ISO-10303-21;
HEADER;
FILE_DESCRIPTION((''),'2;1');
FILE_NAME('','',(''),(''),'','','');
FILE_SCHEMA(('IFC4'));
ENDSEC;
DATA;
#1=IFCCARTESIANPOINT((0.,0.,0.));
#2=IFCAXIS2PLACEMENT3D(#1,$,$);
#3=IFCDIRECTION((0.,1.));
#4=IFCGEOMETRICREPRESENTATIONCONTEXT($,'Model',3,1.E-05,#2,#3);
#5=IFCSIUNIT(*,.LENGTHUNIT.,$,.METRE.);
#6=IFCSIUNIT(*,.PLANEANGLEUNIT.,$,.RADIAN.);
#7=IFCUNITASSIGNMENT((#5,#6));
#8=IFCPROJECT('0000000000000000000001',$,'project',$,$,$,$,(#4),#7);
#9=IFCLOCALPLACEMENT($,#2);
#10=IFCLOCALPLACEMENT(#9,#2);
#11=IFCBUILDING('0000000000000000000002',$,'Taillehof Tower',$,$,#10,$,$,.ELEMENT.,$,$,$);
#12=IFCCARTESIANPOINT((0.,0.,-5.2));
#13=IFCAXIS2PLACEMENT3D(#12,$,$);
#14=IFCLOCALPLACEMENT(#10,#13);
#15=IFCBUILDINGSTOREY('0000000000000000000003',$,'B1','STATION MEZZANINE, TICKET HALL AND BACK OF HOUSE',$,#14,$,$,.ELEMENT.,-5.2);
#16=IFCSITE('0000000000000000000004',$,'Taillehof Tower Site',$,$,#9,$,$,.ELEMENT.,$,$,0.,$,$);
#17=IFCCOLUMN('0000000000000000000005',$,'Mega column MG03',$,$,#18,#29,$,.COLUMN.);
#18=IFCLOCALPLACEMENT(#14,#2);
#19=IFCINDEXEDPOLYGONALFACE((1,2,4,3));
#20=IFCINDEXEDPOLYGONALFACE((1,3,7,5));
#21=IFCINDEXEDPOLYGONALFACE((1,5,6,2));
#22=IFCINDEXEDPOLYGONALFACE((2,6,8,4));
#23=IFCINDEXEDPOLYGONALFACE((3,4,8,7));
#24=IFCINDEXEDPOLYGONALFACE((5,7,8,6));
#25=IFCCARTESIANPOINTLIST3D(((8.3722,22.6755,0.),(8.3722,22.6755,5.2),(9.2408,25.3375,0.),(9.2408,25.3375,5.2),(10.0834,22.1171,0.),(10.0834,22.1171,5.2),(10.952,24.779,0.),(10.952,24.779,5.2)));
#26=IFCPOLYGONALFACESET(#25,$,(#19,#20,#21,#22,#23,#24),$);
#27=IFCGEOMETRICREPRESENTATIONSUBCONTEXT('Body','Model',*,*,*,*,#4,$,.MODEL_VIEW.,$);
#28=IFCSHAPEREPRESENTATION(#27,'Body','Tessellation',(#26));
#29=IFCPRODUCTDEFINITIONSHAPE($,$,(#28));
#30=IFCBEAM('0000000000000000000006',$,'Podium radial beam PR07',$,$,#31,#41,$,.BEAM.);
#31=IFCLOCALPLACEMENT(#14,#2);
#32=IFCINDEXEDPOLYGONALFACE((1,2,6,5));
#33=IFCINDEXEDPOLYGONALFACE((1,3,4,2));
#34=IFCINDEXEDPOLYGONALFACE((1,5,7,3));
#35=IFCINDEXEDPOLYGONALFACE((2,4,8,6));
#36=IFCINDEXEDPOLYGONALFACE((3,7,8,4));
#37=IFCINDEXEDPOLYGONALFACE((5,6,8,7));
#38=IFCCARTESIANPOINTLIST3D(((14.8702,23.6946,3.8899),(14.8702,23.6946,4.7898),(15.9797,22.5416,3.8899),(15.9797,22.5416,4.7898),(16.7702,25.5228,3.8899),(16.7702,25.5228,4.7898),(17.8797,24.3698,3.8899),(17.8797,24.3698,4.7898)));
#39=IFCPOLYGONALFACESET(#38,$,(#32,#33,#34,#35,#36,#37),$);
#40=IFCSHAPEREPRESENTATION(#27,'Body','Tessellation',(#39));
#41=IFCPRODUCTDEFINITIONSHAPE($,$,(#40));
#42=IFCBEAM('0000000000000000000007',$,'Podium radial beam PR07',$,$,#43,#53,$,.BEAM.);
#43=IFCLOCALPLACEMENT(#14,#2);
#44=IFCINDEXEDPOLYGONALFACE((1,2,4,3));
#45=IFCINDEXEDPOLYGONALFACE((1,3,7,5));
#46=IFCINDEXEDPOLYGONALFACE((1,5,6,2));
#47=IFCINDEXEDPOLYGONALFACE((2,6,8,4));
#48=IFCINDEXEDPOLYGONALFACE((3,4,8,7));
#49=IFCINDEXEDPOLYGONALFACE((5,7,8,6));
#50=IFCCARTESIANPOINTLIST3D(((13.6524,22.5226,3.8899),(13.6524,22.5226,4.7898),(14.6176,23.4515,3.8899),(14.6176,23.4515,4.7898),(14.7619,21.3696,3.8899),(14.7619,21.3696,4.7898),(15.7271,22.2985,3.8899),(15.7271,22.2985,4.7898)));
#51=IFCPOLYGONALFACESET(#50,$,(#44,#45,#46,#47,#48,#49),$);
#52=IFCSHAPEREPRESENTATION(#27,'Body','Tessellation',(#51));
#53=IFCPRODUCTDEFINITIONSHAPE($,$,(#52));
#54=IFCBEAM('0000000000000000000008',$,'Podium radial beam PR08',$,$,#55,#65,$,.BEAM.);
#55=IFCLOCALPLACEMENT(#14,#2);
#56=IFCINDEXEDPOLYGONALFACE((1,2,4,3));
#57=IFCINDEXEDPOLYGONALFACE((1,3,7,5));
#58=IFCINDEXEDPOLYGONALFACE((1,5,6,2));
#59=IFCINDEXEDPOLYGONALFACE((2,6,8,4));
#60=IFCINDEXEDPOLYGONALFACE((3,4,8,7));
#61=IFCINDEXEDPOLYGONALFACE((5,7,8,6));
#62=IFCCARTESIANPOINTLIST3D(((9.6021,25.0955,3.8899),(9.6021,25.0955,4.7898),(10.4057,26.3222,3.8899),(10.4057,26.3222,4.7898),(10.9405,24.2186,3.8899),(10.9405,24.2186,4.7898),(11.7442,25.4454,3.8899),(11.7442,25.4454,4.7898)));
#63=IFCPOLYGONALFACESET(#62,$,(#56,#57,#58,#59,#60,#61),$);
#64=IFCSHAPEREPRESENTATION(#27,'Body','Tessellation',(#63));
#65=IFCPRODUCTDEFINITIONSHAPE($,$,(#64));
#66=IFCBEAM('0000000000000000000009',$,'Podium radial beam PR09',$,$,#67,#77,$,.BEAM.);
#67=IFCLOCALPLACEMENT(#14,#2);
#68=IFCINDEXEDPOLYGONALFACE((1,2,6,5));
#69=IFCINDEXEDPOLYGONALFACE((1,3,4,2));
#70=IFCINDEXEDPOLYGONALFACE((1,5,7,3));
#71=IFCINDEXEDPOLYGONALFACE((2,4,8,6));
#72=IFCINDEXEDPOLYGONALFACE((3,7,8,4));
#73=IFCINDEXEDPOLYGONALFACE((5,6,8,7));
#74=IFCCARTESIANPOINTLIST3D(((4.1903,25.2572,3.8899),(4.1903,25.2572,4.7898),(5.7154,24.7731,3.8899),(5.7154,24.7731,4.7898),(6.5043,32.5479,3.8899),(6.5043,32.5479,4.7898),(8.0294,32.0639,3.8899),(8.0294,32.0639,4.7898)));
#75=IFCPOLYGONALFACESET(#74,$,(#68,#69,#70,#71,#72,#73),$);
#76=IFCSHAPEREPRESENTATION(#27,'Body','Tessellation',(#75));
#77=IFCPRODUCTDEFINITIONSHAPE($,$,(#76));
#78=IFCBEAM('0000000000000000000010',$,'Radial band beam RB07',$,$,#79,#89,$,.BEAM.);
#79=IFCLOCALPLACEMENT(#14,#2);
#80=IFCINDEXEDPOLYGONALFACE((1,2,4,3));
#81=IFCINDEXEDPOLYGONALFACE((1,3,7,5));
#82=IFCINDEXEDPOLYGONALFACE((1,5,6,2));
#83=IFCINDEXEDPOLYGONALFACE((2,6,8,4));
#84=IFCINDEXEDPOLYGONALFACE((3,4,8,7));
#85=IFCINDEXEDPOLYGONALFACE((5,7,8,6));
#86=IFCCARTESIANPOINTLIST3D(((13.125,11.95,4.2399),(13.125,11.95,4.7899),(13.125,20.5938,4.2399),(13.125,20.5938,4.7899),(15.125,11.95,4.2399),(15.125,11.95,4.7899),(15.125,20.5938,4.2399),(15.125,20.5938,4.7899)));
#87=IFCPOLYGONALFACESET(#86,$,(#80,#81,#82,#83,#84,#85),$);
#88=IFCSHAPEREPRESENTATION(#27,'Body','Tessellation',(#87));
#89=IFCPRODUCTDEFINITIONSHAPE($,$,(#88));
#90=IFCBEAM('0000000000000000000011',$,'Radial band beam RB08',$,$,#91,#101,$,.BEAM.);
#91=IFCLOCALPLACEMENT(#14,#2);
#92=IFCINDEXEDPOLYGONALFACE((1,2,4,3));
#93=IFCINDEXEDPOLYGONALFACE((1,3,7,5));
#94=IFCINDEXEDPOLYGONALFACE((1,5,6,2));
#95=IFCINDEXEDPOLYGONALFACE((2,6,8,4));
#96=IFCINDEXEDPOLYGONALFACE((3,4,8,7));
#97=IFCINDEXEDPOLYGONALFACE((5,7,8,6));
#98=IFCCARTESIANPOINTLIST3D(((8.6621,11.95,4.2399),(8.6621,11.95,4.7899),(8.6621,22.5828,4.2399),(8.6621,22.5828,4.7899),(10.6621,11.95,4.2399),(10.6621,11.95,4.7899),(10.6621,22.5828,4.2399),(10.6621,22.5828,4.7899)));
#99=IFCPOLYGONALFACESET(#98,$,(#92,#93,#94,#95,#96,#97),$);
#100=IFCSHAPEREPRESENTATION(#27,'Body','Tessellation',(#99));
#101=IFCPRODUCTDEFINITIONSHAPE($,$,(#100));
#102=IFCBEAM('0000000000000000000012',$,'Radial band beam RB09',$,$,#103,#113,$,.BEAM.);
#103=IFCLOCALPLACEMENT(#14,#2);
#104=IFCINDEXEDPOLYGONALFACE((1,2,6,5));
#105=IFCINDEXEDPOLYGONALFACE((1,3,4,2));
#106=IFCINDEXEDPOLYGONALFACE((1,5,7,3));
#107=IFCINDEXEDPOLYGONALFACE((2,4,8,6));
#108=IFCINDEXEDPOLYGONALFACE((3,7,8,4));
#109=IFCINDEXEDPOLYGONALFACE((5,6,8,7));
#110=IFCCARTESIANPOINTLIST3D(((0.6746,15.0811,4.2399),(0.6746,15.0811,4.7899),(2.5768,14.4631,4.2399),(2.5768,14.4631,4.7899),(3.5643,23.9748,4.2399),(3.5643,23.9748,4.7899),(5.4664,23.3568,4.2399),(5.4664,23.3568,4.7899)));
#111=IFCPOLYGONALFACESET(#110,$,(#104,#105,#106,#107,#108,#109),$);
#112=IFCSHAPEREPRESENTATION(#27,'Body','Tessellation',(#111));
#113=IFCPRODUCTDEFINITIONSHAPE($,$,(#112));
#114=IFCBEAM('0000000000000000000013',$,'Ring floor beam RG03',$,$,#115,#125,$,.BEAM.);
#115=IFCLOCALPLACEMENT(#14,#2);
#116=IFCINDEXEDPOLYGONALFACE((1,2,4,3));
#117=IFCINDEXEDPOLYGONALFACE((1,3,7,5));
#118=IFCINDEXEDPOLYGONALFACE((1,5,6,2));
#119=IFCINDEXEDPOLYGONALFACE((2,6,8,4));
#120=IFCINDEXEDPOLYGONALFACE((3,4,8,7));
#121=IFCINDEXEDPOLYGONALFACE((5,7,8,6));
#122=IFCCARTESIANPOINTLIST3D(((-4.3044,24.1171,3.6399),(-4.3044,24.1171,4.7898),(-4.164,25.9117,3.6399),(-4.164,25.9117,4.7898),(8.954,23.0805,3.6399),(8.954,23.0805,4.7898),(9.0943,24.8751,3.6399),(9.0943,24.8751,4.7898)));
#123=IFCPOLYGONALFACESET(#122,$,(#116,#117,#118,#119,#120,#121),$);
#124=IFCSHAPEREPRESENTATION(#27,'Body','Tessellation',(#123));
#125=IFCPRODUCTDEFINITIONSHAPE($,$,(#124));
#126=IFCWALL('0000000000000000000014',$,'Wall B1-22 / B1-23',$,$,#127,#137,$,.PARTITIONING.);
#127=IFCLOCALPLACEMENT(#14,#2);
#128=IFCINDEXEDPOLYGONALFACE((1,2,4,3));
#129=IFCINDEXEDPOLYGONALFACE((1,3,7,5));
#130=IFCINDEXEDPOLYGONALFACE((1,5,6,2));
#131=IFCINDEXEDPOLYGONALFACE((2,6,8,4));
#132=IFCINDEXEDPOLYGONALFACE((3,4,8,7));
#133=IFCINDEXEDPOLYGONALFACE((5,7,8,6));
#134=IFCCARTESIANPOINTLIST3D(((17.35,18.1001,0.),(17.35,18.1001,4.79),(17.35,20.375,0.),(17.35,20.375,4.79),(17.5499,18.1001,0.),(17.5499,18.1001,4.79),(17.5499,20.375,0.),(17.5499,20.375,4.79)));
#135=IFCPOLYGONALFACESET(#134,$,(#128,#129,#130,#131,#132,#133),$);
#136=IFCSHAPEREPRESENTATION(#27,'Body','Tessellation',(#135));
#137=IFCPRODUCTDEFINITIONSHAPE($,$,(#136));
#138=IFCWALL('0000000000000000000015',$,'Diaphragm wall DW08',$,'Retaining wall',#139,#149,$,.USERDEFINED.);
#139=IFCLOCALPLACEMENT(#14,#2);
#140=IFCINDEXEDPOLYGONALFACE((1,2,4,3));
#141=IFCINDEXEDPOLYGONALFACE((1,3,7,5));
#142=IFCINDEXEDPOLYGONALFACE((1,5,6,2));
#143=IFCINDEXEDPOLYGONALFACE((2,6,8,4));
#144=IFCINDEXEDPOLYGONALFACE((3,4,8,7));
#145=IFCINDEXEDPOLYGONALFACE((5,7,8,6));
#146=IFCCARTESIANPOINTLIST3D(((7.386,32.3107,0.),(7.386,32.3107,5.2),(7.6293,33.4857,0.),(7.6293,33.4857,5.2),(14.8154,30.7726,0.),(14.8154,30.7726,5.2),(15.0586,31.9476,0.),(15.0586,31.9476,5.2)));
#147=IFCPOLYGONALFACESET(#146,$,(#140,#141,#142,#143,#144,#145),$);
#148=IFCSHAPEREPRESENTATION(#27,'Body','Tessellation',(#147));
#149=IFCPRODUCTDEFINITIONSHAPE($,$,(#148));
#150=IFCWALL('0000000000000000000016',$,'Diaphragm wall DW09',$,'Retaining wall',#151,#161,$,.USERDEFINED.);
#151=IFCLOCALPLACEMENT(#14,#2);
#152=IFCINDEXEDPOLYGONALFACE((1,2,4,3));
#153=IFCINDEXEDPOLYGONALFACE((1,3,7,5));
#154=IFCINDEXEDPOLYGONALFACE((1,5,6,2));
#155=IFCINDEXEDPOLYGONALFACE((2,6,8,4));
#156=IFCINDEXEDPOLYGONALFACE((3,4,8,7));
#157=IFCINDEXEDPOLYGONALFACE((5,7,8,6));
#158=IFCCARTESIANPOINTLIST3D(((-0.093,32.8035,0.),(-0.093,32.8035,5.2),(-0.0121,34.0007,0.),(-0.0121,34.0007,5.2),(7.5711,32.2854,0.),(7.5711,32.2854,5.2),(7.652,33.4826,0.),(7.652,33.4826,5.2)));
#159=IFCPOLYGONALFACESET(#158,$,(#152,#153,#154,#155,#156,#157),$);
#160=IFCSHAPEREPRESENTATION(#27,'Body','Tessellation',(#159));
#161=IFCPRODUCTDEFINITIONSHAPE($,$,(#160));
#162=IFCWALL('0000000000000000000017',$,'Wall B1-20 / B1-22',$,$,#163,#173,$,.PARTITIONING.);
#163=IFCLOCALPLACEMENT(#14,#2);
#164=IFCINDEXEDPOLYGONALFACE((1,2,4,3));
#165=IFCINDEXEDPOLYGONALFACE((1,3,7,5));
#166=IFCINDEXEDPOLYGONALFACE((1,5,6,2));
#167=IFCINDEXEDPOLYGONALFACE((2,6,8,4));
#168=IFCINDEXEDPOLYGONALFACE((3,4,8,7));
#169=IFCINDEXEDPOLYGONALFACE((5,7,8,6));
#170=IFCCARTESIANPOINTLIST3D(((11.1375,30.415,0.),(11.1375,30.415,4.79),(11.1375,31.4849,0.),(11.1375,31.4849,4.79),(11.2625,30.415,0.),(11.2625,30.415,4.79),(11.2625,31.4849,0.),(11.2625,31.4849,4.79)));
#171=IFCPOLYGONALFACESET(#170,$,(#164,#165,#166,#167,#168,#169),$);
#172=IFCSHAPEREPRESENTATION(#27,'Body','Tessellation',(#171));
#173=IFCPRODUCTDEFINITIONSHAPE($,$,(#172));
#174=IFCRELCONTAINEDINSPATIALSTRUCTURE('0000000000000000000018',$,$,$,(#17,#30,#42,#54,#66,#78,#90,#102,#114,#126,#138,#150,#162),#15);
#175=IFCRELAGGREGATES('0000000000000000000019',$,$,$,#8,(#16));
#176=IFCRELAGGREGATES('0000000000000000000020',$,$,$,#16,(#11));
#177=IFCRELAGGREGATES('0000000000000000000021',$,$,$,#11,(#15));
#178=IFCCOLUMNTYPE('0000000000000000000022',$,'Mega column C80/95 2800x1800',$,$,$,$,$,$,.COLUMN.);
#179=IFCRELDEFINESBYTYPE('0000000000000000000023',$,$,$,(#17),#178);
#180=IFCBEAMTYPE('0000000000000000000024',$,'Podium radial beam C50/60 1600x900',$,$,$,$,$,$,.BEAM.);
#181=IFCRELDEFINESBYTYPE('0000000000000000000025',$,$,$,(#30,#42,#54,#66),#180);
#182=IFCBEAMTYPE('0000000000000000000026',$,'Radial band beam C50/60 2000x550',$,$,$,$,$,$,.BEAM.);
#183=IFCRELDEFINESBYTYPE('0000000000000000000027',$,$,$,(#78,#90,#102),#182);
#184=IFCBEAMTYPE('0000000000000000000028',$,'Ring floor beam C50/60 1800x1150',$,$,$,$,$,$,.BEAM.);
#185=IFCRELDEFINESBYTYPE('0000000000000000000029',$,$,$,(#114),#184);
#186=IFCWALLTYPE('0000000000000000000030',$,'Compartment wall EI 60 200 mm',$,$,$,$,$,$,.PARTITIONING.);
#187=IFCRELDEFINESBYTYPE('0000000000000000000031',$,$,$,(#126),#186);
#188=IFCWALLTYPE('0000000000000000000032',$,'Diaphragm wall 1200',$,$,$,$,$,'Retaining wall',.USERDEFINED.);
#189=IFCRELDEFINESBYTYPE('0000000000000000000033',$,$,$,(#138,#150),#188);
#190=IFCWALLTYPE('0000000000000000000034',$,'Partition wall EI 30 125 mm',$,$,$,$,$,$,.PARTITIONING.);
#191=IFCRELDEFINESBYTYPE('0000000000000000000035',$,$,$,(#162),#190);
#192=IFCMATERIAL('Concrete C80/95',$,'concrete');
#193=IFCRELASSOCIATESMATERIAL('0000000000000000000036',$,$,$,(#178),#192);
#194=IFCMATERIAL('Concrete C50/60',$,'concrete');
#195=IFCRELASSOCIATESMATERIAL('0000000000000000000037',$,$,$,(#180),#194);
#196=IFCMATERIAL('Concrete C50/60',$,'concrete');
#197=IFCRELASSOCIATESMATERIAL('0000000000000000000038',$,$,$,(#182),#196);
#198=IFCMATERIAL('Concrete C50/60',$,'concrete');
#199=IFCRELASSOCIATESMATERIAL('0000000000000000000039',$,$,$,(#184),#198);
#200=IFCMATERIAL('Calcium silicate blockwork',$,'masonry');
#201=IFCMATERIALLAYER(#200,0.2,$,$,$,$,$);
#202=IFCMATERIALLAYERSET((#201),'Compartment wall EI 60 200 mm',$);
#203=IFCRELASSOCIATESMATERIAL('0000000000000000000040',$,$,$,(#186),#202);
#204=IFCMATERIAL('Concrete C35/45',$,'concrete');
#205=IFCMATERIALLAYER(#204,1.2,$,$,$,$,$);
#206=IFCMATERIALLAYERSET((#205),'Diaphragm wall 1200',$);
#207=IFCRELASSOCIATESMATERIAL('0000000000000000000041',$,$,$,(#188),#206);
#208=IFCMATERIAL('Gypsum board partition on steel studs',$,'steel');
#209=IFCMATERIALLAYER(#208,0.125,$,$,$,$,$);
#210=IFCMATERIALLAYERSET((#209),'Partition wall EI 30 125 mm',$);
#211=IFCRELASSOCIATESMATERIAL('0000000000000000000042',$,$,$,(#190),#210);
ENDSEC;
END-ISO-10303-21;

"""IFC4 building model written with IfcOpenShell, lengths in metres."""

from ifc_helpers import new_model, si_unit, direction, frame, frame_2d, origin, origin_2d, place, context, subcontext, project, spatial, rectangle, extrude, material, layer, layer_set, material_profile, profile_set, type_object, element, save


model = new_model("IFC4")

# Units and contexts
model_context = context("Model", 3, precision=1e-05, world=origin(), true_north=direction((0.0, 1.0)))
body_context = subcontext(model_context, "Body", "Model", "MODEL_VIEW")
ifc_project = project(units=[si_unit("LENGTHUNIT", "METRE"), si_unit("PLANEANGLEUNIT", "RADIAN")], contexts=[model_context])

# Site, building, storey
site_placement = place(None, origin())
site = spatial("IfcSite", under=ifc_project, at=site_placement, Name="Taillehof Tower Site", CompositionType="ELEMENT", RefElevation=0.0)
building_placement = place(site_placement, origin())
building = spatial("IfcBuilding", under=site, at=building_placement, Name="Taillehof Tower", CompositionType="ELEMENT")
storey_placement = place(building_placement, frame((0.0, 0.0, -5.2)))
storey = spatial("IfcBuildingStorey", under=building, at=storey_placement, Name="B1", Description="STATION MEZZANINE, TICKET HALL AND BACK OF HOUSE", CompositionType="ELEMENT", Elevation=-5.2)

# Column
ifc_material_1 = material(Name="Concrete C80/95", Category="concrete")
ifc_material_profile_1 = material_profile(ifc_material_1, rectangle(XDim=2.8, YDim=1.8, at=origin_2d()), Name="RC 2800x1800")
ifc_profile_set_1 = profile_set([ifc_material_profile_1], Name="Concrete C80/95")
column_type = type_object("IfcColumnType", Name="Mega column C80/95 2800x1800", PredefinedType="COLUMN", material=ifc_profile_set_1)
column_placement = place(storey_placement, frame((9.6621, 23.7273, 0.0), z_axis=(0.0, 0.0, 1.0), x_axis=(0.310219, 0.950665, 0.0)))
element("IfcColumn", 1, at=column_placement, inside=storey, type_object=column_type, Name="Mega column MG03", PredefinedType="COLUMN", context=body_context, shape_type="SweptSolid", body=[
    extrude(rectangle(XDim=2.8, YDim=1.8, at=origin_2d()), origin(), (0.0, 0.0, 1.0), 5.2),
])

# Beams
ifc_material_2 = material(Name="Concrete C50/60", Category="concrete")
ifc_material_profile_2 = material_profile(ifc_material_2, rectangle(XDim=1.6001, YDim=0.8999, at=origin_2d()), Name="RC 1600x900")
ifc_profile_set_2 = profile_set([ifc_material_profile_2], Name="Concrete C50/60")
beam_type_1 = type_object("IfcBeamType", Name="Podium radial beam C50/60 1600x900", PredefinedType="BEAM", material=ifc_profile_set_2)
beam_1_placement = place(storey_placement, frame((17.325, 24.9463, 4.3398), z_axis=(-0.720587, -0.693364, 0.0), x_axis=(0.693364, -0.720587, 0.0)))
element("IfcBeam", 2, at=beam_1_placement, inside=storey, type_object=beam_type_1, Name="Podium radial beam PR07", PredefinedType="BEAM", context=body_context, shape_type="SweptSolid", body=[
    extrude(rectangle(XDim=1.6001, YDim=0.8999, at=origin_2d()), origin(), (0.0, 0.0, 1.0), 2.6367),
])
beam_2_placement = place(storey_placement, frame((15.1724, 22.875, 4.3398), z_axis=(-0.720553, -0.6934, 0.0), x_axis=(0.6934, -0.720553, 0.0)))
element("IfcBeam", 3, at=beam_2_placement, inside=storey, type_object=beam_type_1, Name="Podium radial beam PR07", PredefinedType="BEAM", context=body_context, shape_type="SweptSolid", body=[
    extrude(rectangle(XDim=1.6001, YDim=0.8999, at=origin_2d()), origin(), (0.0, 0.0, 1.0), 1.3396),
])
beam_3_placement = place(storey_placement, frame((11.075, 25.8838, 4.3398), z_axis=(-0.547998, -0.83648, 0.0), x_axis=(0.83648, -0.547998, 0.0)))
element("IfcBeam", 4, at=beam_3_placement, inside=storey, type_object=beam_type_1, Name="Podium radial beam PR08", PredefinedType="BEAM", context=body_context, shape_type="SweptSolid", body=[
    extrude(rectangle(XDim=1.6001, YDim=0.8999, at=origin_2d()), origin(), (0.0, 0.0, 1.0), 1.4666),
])
beam_4_placement = place(storey_placement, frame((7.2668, 32.3059, 4.3398), z_axis=(-0.302512, -0.953146, 0.0), x_axis=(0.953146, -0.302512, 0.0)))
element("IfcBeam", 5, at=beam_4_placement, inside=storey, type_object=beam_type_1, Name="Podium radial beam PR09", PredefinedType="BEAM", context=body_context, shape_type="SweptSolid", body=[
    extrude(rectangle(XDim=1.6001, YDim=0.8999, at=origin_2d()), origin(), (0.0, 0.0, 1.0), 7.6492),
])
ifc_material_3 = material(Name="Concrete C50/60", Category="concrete")
ifc_material_profile_3 = material_profile(ifc_material_3, rectangle(XDim=2.0, YDim=0.55, at=origin_2d()), Name="RC 2000x550")
ifc_profile_set_3 = profile_set([ifc_material_profile_3], Name="Concrete C50/60")
beam_type_2 = type_object("IfcBeamType", Name="Radial band beam C50/60 2000x550", PredefinedType="BEAM", material=ifc_profile_set_3)
beam_5_placement = place(storey_placement, frame((14.125, 20.5938, 4.5149), z_axis=(0.0, -1.0, 0.0), x_axis=(1.0, 0.0, 0.0)))
element("IfcBeam", 6, at=beam_5_placement, inside=storey, type_object=beam_type_2, Name="Radial band beam RB07", PredefinedType="BEAM", context=body_context, shape_type="SweptSolid", body=[
    extrude(rectangle(XDim=2.0, YDim=0.55, at=origin_2d()), origin(), (0.0, 0.0, 1.0), 8.6438),
])
beam_6_placement = place(storey_placement, frame((9.6621, 22.5828, 4.5149), z_axis=(0.0, -1.0, 0.0), x_axis=(1.0, 0.0, 0.0)))
element("IfcBeam", 7, at=beam_6_placement, inside=storey, type_object=beam_type_2, Name="Radial band beam RB08", PredefinedType="BEAM", context=body_context, shape_type="SweptSolid", body=[
    extrude(rectangle(XDim=2.0, YDim=0.55, at=origin_2d()), origin(), (0.0, 0.0, 1.0), 10.6328),
])
beam_7_placement = place(storey_placement, frame((4.5154, 23.6658, 4.5149), z_axis=(-0.309013, -0.951058, 0.0), x_axis=(0.951058, -0.309013, 0.0)))
element("IfcBeam", 8, at=beam_7_placement, inside=storey, type_object=beam_type_2, Name="Radial band beam RB09", PredefinedType="BEAM", context=body_context, shape_type="SweptSolid", body=[
    extrude(rectangle(XDim=2.0, YDim=0.55, at=origin_2d()), origin(), (0.0, 0.0, 1.0), 9.3513),
])
ifc_material_4 = material(Name="Concrete C50/60", Category="concrete")
ifc_material_profile_4 = material_profile(ifc_material_4, rectangle(XDim=1.8, YDim=1.1499, at=origin_2d()), Name="RC 1800x1150")
ifc_profile_set_4 = profile_set([ifc_material_profile_4], Name="Concrete C50/60")
beam_type_3 = type_object("IfcBeamType", Name="Ring floor beam C50/60 1800x1150", PredefinedType="BEAM", material=ifc_profile_set_4)
beam_8_placement = place(storey_placement, frame((9.0242, 23.9778, 4.2148), z_axis=(-0.996957, 0.077949, 0.0), x_axis=(-0.077949, -0.996957, 0.0)))
element("IfcBeam", 9, at=beam_8_placement, inside=storey, type_object=beam_type_3, Name="Ring floor beam RG03", PredefinedType="BEAM", context=body_context, shape_type="SweptSolid", body=[
    extrude(rectangle(XDim=1.8, YDim=1.1499, at=origin_2d()), origin(), (0.0, 0.0, 1.0), 13.2988),
])

# Walls
ifc_material_5 = material(Name="Calcium silicate blockwork", Category="masonry")
ifc_layer_1 = layer(ifc_material_5, 0.2)
ifc_layer_set_1 = layer_set([ifc_layer_1], Name="Compartment wall EI 60 200 mm")
wall_type_1 = type_object("IfcWallType", Name="Compartment wall EI 60 200 mm", PredefinedType="PARTITIONING", material=ifc_layer_set_1)
wall_1_placement = place(storey_placement, frame((17.45, 18.1001, 0.0), z_axis=(0.0, 0.0, 1.0), x_axis=(0.0, 1.0, 0.0)))
element("IfcWall", 10, at=wall_1_placement, inside=storey, type_object=wall_type_1, Name="Wall B1-22 / B1-23", PredefinedType="PARTITIONING", context=body_context, shape_type="SweptSolid", body=[
    extrude(rectangle(XDim=2.2749, YDim=0.2, at=frame_2d((1.1375, 0.0))), origin(), (0.0, 0.0, 1.0), 4.79),
])
ifc_material_6 = material(Name="Concrete C35/45", Category="concrete")
ifc_layer_2 = layer(ifc_material_6, 1.2)
ifc_layer_set_2 = layer_set([ifc_layer_2], Name="Diaphragm wall 1200")
wall_type_2 = type_object("IfcWallType", Name="Diaphragm wall 1200", ElementType="Retaining wall", PredefinedType="USERDEFINED", material=ifc_layer_set_2)
wall_2_placement = place(storey_placement, frame((14.937, 31.3601, 0.0), z_axis=(0.0, 0.0, 1.0), x_axis=(-0.979235, 0.202727, 0.0)))
element("IfcWall", 11, at=wall_2_placement, inside=storey, type_object=wall_type_2, Name="Diaphragm wall DW08", ObjectType="Retaining wall", PredefinedType="USERDEFINED", context=body_context, shape_type="SweptSolid", body=[
    extrude(rectangle(XDim=7.5869, YDim=1.2, at=frame_2d((3.7935, 0.0))), origin(), (0.0, 0.0, 1.0), 5.2),
])
wall_3_placement = place(storey_placement, frame((7.6116, 32.884, 0.0), z_axis=(0.0, 0.0, 1.0), x_axis=(-0.997723, 0.067443, 0.0)))
element("IfcWall", 12, at=wall_3_placement, inside=storey, type_object=wall_type_2, Name="Diaphragm wall DW09", ObjectType="Retaining wall", PredefinedType="USERDEFINED", context=body_context, shape_type="SweptSolid", body=[
    extrude(rectangle(XDim=7.6816, YDim=1.2, at=frame_2d((3.8408, 0.0))), origin(), (0.0, 0.0, 1.0), 5.2),
])
ifc_material_7 = material(Name="Gypsum board partition on steel studs", Category="steel")
ifc_layer_3 = layer(ifc_material_7, 0.125)
ifc_layer_set_3 = layer_set([ifc_layer_3], Name="Partition wall EI 30 125 mm")
wall_type_3 = type_object("IfcWallType", Name="Partition wall EI 30 125 mm", PredefinedType="PARTITIONING", material=ifc_layer_set_3)
wall_4_placement = place(storey_placement, frame((11.2, 30.415, 0.0), z_axis=(0.0, 0.0, 1.0), x_axis=(0.0, 1.0, 0.0)))
element("IfcWall", 13, at=wall_4_placement, inside=storey, type_object=wall_type_3, Name="Wall B1-20 / B1-22", PredefinedType="PARTITIONING", context=body_context, shape_type="SweptSolid", body=[
    extrude(rectangle(XDim=1.0698, YDim=0.125, at=frame_2d((0.5349, 0.0))), origin(), (0.0, 0.0, 1.0), 4.79),
])

save(model, "model.ifc")
